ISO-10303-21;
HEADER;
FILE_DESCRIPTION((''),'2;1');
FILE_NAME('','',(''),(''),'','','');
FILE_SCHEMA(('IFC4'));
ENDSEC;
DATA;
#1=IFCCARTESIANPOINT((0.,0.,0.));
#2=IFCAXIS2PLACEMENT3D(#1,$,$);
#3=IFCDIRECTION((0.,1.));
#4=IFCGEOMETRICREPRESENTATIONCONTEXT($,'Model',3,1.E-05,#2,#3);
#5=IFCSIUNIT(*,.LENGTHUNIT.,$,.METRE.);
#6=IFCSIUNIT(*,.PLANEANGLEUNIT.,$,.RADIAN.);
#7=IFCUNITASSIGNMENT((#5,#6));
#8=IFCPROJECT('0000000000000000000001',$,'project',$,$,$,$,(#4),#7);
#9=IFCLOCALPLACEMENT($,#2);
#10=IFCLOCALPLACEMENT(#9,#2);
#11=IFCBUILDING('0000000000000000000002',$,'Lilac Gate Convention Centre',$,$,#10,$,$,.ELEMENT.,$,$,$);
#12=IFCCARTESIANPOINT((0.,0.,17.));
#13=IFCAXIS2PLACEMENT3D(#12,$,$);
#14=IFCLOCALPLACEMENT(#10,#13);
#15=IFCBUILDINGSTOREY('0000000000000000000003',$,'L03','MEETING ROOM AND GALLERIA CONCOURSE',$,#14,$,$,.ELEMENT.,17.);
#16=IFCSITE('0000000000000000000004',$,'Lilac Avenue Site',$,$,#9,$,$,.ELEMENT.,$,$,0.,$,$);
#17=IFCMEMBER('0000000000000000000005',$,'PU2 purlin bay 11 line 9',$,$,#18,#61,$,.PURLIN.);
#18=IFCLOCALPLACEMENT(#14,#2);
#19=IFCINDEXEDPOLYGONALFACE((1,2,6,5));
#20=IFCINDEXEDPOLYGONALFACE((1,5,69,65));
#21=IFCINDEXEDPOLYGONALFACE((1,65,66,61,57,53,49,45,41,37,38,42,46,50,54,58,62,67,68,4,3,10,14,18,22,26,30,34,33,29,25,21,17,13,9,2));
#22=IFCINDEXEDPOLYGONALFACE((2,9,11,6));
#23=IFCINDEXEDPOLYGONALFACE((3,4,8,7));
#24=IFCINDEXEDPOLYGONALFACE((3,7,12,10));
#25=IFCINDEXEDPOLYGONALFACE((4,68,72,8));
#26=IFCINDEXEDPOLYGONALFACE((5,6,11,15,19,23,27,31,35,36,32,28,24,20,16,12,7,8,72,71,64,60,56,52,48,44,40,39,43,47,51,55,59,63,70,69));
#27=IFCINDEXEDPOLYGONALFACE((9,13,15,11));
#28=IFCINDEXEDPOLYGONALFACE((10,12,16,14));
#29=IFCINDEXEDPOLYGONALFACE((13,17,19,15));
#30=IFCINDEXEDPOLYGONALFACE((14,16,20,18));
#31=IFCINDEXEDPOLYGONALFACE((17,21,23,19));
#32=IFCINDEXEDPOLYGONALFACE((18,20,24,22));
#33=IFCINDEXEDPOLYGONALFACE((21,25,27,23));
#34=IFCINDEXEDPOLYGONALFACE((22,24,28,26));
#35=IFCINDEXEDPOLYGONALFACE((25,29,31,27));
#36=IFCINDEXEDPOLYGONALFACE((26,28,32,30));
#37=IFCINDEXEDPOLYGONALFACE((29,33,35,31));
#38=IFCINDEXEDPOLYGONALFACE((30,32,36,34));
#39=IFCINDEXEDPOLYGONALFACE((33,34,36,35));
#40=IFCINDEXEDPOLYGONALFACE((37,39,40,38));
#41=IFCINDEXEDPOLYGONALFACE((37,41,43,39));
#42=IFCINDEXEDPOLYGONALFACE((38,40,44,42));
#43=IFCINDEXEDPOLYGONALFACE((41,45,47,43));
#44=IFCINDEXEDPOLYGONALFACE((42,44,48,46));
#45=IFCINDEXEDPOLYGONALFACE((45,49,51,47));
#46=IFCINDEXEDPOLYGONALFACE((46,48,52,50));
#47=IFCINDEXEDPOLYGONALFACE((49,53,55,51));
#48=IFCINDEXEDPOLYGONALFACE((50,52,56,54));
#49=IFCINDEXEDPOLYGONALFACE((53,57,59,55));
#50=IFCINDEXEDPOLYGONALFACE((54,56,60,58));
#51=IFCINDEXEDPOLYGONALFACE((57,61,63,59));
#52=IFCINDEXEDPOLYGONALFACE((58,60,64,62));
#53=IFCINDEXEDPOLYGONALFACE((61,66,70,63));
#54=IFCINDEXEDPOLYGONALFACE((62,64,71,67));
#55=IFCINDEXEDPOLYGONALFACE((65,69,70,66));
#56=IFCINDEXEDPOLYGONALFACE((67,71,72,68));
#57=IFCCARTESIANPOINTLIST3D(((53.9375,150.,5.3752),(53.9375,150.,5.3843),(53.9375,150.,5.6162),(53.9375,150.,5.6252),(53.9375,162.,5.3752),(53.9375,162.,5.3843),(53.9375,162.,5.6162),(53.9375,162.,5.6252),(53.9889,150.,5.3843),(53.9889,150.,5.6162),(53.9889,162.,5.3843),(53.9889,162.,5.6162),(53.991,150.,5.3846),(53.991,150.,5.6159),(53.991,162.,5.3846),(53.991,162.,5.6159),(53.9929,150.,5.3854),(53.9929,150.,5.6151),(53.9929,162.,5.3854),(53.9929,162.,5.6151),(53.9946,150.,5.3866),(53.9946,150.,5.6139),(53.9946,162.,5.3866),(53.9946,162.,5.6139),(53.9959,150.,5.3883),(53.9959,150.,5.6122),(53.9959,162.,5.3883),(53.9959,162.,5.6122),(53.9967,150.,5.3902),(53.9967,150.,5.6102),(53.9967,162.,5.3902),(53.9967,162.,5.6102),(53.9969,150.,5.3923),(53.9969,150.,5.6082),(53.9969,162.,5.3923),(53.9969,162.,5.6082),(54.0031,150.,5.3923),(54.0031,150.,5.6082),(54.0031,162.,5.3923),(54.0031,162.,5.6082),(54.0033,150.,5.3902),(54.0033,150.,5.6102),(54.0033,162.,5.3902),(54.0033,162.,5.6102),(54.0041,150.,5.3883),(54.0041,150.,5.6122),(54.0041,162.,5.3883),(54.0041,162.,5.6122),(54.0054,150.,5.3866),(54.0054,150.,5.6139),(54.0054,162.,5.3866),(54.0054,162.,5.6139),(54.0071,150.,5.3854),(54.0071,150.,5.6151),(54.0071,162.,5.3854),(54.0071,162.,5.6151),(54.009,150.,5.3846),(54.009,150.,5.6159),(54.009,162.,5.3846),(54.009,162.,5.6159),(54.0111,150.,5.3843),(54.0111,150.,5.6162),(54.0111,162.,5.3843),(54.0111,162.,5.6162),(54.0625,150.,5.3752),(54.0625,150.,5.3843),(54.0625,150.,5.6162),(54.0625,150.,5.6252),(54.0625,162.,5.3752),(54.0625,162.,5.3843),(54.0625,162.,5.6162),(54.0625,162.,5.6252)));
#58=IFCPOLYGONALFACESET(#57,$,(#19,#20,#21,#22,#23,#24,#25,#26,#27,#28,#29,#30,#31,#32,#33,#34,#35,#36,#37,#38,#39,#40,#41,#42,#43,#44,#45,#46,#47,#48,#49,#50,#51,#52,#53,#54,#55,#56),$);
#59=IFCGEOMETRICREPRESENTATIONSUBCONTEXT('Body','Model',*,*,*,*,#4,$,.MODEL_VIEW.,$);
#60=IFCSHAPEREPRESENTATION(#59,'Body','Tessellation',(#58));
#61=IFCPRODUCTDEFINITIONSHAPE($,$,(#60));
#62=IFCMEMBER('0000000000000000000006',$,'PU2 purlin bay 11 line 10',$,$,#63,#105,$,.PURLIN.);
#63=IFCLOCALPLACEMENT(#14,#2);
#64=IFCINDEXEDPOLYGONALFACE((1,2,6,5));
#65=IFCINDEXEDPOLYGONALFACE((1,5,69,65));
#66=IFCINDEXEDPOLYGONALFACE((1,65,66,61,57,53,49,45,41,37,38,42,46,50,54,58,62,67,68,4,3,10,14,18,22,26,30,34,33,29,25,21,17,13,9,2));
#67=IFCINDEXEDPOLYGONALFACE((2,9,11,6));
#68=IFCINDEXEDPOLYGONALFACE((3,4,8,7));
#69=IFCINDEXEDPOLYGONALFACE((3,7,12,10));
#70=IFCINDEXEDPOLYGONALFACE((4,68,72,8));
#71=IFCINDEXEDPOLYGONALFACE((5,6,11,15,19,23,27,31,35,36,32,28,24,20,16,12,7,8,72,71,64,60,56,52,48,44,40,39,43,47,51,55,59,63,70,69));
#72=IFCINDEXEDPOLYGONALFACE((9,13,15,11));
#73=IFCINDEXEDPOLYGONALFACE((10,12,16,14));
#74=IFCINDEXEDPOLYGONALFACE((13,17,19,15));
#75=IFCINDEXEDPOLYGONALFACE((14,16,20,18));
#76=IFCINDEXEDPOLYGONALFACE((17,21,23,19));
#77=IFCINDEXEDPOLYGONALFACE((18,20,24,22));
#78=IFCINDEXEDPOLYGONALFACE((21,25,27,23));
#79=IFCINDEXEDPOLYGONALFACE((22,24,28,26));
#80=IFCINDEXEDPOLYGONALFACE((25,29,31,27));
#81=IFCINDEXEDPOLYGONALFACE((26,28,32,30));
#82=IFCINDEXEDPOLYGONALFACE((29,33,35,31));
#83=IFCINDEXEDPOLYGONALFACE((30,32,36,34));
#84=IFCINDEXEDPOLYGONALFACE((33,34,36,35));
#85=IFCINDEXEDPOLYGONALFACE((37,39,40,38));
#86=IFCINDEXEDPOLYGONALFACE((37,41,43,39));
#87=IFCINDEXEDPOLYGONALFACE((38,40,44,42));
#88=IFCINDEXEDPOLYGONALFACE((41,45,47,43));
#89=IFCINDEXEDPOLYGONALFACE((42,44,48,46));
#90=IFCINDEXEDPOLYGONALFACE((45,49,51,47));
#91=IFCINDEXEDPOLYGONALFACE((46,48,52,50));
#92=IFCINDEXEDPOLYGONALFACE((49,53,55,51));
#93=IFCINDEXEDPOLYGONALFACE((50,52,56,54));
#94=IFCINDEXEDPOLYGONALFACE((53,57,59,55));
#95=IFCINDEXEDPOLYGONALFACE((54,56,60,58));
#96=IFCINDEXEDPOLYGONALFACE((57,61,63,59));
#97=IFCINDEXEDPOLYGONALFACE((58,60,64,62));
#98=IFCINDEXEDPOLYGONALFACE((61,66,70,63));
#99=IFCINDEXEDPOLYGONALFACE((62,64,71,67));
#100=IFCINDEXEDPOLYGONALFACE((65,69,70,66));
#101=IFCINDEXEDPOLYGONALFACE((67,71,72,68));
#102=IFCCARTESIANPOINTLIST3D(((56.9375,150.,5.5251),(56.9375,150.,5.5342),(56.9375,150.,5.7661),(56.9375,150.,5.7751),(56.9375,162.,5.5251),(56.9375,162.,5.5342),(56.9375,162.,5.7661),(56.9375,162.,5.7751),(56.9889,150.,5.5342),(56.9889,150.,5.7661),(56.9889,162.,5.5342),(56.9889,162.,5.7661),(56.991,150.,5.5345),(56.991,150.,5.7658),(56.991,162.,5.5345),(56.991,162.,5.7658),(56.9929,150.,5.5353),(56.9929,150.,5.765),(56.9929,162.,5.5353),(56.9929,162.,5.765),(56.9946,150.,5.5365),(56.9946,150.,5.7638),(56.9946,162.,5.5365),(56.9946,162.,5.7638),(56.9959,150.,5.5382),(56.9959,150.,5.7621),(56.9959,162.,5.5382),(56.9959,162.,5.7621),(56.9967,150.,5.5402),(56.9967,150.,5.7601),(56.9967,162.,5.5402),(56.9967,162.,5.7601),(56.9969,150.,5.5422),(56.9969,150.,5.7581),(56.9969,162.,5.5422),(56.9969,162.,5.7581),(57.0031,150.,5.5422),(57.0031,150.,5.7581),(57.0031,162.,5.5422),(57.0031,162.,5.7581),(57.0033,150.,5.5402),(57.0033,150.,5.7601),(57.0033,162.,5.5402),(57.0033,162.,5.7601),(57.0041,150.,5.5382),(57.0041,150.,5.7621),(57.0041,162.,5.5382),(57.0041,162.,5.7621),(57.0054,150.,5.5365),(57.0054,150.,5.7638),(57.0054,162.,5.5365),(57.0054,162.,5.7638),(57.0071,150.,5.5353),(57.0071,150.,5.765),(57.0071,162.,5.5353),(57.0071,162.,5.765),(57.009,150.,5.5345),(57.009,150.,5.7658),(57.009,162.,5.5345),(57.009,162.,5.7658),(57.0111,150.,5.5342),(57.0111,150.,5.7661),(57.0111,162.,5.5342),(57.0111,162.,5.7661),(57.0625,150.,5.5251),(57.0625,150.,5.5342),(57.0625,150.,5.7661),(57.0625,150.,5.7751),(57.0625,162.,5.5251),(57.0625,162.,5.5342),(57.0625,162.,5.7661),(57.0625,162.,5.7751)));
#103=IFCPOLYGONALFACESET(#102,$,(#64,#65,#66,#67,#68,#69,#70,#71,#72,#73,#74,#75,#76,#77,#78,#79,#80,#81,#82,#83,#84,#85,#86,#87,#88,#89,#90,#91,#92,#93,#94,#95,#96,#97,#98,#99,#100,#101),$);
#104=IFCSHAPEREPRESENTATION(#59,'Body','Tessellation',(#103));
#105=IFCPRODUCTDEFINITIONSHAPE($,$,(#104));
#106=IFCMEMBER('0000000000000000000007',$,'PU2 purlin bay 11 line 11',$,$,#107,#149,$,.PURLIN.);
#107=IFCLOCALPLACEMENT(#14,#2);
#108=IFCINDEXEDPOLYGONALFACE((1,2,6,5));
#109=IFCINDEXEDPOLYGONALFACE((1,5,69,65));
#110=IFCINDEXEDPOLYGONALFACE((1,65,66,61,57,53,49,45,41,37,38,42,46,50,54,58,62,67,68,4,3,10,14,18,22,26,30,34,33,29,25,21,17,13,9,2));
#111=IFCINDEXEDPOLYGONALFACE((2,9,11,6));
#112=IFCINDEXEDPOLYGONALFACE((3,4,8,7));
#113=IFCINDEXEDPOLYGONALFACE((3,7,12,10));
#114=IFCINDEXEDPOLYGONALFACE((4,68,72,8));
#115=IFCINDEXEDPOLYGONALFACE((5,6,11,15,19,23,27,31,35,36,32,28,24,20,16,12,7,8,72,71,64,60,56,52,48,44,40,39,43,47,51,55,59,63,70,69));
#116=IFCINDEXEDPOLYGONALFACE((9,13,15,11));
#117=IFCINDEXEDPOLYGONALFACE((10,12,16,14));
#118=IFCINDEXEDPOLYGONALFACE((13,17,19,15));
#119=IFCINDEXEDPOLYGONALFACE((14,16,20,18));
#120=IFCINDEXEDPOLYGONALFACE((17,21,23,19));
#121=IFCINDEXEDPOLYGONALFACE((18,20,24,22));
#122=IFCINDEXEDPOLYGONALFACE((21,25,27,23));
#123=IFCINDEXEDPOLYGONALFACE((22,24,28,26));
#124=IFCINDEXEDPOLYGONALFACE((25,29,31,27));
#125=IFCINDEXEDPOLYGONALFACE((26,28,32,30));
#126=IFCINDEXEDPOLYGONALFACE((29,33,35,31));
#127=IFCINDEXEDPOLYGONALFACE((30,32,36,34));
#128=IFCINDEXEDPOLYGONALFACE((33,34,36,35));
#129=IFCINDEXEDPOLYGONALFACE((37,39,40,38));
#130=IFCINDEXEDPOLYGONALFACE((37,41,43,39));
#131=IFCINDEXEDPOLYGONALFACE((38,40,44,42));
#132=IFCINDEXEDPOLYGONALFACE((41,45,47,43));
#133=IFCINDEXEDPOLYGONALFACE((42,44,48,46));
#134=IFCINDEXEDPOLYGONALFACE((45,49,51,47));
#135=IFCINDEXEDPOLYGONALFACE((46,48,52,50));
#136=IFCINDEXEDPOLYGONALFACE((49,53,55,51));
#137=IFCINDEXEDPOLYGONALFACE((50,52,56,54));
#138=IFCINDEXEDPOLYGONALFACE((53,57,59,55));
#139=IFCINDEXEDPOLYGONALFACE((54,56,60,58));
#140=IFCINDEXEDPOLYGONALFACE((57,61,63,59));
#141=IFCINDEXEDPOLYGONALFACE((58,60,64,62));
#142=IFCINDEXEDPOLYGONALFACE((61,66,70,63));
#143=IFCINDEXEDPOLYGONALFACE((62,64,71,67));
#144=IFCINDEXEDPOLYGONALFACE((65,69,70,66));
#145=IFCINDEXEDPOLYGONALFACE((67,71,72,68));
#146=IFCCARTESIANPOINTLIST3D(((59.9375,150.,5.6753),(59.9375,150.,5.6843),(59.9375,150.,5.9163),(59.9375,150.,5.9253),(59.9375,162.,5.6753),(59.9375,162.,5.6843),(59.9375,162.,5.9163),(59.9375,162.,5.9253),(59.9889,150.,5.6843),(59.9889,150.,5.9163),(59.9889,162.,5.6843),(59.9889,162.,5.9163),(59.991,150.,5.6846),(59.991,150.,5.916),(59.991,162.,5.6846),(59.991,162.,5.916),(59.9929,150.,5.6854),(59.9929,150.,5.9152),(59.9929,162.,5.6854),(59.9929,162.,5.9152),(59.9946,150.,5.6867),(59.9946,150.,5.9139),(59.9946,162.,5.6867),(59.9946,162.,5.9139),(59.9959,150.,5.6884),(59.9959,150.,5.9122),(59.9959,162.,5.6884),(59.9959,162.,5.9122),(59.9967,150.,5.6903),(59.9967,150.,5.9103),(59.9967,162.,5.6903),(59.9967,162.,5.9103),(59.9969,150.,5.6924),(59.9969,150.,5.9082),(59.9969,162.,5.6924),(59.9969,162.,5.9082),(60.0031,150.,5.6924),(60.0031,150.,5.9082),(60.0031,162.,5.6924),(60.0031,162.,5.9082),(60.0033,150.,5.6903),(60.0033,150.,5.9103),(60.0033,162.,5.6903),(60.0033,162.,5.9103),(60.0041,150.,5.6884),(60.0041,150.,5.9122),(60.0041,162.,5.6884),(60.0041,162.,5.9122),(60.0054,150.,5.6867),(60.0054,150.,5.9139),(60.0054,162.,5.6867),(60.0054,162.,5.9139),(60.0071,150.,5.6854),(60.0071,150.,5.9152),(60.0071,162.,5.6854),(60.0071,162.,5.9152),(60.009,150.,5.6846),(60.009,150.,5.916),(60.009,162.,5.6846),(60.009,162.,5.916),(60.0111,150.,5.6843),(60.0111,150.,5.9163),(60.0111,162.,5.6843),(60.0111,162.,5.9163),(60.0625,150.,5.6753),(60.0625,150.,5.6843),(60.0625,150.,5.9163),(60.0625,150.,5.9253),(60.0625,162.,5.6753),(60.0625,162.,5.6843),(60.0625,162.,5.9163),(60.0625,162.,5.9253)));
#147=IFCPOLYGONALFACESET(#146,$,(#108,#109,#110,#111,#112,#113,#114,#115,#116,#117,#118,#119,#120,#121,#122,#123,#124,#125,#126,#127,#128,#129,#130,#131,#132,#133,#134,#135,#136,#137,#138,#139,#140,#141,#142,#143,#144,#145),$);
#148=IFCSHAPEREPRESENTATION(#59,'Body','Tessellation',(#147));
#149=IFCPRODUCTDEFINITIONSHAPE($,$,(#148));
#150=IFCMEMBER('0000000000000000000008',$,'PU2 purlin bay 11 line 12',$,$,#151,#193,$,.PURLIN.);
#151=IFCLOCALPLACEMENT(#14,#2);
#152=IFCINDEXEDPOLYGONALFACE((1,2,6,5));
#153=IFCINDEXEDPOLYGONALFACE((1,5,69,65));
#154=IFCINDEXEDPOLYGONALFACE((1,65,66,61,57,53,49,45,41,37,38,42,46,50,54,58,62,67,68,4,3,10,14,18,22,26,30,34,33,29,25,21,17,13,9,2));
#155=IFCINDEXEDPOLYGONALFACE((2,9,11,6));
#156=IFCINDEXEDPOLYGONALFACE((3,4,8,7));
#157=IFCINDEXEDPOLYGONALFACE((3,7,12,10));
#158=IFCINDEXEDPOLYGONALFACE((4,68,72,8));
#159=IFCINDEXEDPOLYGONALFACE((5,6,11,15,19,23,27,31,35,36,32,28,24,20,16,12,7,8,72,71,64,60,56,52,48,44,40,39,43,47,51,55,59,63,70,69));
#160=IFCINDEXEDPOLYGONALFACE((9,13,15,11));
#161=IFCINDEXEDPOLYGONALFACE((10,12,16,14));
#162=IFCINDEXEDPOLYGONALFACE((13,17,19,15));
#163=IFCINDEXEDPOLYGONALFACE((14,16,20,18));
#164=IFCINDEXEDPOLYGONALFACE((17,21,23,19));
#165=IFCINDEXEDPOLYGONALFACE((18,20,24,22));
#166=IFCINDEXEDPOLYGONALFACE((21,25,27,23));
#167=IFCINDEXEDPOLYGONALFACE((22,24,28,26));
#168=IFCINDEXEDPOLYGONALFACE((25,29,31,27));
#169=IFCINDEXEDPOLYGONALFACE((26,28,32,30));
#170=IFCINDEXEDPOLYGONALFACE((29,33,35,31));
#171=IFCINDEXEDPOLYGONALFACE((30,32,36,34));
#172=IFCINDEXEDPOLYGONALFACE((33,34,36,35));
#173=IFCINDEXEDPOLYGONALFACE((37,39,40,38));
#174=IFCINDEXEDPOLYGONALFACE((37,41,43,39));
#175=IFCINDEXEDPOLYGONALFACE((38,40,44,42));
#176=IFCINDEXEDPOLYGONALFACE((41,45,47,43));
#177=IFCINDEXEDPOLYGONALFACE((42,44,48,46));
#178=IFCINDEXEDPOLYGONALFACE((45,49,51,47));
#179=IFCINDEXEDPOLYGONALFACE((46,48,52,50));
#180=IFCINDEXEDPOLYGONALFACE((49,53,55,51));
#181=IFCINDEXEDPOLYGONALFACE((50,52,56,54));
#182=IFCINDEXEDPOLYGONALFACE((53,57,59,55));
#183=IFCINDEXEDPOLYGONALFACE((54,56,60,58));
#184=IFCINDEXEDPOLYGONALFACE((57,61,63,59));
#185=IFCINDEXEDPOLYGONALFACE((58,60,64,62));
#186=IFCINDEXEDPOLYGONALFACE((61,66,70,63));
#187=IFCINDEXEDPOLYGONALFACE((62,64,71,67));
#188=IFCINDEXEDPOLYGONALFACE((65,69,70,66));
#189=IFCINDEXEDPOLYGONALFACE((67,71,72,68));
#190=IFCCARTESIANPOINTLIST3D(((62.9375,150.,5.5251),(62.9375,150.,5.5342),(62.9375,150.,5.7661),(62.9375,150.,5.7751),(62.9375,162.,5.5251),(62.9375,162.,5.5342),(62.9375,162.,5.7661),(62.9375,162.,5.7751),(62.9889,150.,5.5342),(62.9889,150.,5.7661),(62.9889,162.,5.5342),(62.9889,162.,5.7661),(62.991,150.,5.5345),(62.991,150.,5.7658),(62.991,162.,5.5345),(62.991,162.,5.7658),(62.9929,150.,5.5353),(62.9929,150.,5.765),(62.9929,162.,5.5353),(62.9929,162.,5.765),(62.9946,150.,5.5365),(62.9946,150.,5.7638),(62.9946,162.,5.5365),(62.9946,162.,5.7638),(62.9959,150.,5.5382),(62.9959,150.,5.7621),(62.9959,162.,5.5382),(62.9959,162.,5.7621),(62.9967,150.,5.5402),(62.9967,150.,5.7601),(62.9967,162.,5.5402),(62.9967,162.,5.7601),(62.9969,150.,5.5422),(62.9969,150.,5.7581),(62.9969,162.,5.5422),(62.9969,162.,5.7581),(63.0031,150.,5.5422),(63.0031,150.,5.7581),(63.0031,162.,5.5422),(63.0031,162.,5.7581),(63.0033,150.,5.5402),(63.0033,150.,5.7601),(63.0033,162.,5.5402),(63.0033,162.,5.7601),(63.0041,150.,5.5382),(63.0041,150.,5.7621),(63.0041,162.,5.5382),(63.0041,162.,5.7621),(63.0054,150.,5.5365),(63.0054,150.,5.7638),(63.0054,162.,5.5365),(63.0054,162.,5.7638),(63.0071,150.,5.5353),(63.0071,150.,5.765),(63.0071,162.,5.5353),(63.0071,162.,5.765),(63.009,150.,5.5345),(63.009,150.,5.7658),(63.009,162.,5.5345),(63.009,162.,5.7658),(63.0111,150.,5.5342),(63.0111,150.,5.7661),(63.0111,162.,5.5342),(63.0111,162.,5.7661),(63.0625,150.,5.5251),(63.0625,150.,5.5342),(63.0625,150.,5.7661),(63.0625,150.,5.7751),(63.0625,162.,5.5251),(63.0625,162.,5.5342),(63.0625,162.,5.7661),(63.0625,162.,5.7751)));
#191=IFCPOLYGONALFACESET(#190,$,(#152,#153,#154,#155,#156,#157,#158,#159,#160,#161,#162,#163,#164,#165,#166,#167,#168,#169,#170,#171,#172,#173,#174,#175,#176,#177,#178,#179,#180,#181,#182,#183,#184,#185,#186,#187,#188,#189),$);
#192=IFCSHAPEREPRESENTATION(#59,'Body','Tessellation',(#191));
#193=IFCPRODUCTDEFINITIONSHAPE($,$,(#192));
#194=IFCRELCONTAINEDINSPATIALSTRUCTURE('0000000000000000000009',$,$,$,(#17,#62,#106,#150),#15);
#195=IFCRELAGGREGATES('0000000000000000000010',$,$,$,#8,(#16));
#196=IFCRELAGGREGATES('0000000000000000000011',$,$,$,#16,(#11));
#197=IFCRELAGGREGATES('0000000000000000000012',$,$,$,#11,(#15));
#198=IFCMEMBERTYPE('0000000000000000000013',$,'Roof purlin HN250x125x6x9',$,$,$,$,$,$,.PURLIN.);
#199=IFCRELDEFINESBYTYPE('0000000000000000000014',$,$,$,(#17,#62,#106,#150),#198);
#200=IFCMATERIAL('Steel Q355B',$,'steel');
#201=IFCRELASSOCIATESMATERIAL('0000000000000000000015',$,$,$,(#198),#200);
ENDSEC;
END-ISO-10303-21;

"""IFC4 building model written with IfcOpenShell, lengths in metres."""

from ifc_helpers import new_model, si_unit, direction, frame, origin, origin_2d, place, context, subcontext, project, spatial, i_section, extrude, material, material_profile, profile_set, type_object, element, save


model = new_model("IFC4")

# Units and contexts
model_context = context("Model", 3, precision=1e-05, world=origin(), true_north=direction((0.0, 1.0)))
body_context = subcontext(model_context, "Body", "Model", "MODEL_VIEW")
ifc_project = project(units=[si_unit("LENGTHUNIT", "METRE"), si_unit("PLANEANGLEUNIT", "RADIAN")], contexts=[model_context])

# Site, building, storey
site_placement = place(None, origin())
site = spatial("IfcSite", under=ifc_project, at=site_placement, Name="Lilac Avenue Site", CompositionType="ELEMENT", RefElevation=0.0)
building_placement = place(site_placement, origin())
building = spatial("IfcBuilding", under=site, at=building_placement, Name="Lilac Gate Convention Centre", CompositionType="ELEMENT")
storey_placement = place(building_placement, frame((0.0, 0.0, 17.0)))
storey = spatial("IfcBuildingStorey", under=building, at=storey_placement, Name="L03", Description="MEETING ROOM AND GALLERIA CONCOURSE", CompositionType="ELEMENT", Elevation=17.0)

# Members
ifc_material = material(Name="Steel Q355B", Category="steel")
ifc_material_profile_1 = material_profile(ifc_material, i_section(OverallWidth=0.125, OverallDepth=0.25, WebThickness=0.0061, FlangeThickness=0.009, FilletRadius=0.0081, at=origin_2d()), Name="HN250x125x6x9")
ifc_profile_set_1 = profile_set([ifc_material_profile_1], Name="Steel Q355B")
member_type_1 = type_object("IfcMemberType", Name="Roof purlin HN250x125x6x9", PredefinedType="PURLIN", material=ifc_profile_set_1)
for number, where, z_axis, x_axis, name in (
    (1, (54.0, 150.0, 5.5002), (0.0, 1.0, 0.0), (-1.0, 0.0, 0.0), "PU2 purlin bay 11 line 9"),
    (2, (57.0, 150.0, 5.6501), (0.0, 1.0, 0.0), (-1.0, 0.0, 0.0), "PU2 purlin bay 11 line 10"),
    (3, (60.0, 150.0, 5.8003), (0.0, 1.0, 0.0), (-1.0, 0.0, 0.0), "PU2 purlin bay 11 line 11"),
    (4, (63.0, 150.0, 5.6501), (0.0, 1.0, 0.0), (-1.0, 0.0, 0.0), "PU2 purlin bay 11 line 12"),
):
    element("IfcMember", number, at=place(storey_placement, frame(where, z_axis=z_axis, x_axis=x_axis)), inside=storey, type_object=member_type_1, Name=name, PredefinedType="PURLIN", context=body_context, shape_type="SweptSolid", body=[
        extrude(i_section(OverallWidth=0.125, OverallDepth=0.25, WebThickness=0.0061, FlangeThickness=0.009, FilletRadius=0.0081, at=origin_2d()), origin(), (0.0, 0.0, 1.0), 12.0),
    ])

save(model, "model.ifc")
